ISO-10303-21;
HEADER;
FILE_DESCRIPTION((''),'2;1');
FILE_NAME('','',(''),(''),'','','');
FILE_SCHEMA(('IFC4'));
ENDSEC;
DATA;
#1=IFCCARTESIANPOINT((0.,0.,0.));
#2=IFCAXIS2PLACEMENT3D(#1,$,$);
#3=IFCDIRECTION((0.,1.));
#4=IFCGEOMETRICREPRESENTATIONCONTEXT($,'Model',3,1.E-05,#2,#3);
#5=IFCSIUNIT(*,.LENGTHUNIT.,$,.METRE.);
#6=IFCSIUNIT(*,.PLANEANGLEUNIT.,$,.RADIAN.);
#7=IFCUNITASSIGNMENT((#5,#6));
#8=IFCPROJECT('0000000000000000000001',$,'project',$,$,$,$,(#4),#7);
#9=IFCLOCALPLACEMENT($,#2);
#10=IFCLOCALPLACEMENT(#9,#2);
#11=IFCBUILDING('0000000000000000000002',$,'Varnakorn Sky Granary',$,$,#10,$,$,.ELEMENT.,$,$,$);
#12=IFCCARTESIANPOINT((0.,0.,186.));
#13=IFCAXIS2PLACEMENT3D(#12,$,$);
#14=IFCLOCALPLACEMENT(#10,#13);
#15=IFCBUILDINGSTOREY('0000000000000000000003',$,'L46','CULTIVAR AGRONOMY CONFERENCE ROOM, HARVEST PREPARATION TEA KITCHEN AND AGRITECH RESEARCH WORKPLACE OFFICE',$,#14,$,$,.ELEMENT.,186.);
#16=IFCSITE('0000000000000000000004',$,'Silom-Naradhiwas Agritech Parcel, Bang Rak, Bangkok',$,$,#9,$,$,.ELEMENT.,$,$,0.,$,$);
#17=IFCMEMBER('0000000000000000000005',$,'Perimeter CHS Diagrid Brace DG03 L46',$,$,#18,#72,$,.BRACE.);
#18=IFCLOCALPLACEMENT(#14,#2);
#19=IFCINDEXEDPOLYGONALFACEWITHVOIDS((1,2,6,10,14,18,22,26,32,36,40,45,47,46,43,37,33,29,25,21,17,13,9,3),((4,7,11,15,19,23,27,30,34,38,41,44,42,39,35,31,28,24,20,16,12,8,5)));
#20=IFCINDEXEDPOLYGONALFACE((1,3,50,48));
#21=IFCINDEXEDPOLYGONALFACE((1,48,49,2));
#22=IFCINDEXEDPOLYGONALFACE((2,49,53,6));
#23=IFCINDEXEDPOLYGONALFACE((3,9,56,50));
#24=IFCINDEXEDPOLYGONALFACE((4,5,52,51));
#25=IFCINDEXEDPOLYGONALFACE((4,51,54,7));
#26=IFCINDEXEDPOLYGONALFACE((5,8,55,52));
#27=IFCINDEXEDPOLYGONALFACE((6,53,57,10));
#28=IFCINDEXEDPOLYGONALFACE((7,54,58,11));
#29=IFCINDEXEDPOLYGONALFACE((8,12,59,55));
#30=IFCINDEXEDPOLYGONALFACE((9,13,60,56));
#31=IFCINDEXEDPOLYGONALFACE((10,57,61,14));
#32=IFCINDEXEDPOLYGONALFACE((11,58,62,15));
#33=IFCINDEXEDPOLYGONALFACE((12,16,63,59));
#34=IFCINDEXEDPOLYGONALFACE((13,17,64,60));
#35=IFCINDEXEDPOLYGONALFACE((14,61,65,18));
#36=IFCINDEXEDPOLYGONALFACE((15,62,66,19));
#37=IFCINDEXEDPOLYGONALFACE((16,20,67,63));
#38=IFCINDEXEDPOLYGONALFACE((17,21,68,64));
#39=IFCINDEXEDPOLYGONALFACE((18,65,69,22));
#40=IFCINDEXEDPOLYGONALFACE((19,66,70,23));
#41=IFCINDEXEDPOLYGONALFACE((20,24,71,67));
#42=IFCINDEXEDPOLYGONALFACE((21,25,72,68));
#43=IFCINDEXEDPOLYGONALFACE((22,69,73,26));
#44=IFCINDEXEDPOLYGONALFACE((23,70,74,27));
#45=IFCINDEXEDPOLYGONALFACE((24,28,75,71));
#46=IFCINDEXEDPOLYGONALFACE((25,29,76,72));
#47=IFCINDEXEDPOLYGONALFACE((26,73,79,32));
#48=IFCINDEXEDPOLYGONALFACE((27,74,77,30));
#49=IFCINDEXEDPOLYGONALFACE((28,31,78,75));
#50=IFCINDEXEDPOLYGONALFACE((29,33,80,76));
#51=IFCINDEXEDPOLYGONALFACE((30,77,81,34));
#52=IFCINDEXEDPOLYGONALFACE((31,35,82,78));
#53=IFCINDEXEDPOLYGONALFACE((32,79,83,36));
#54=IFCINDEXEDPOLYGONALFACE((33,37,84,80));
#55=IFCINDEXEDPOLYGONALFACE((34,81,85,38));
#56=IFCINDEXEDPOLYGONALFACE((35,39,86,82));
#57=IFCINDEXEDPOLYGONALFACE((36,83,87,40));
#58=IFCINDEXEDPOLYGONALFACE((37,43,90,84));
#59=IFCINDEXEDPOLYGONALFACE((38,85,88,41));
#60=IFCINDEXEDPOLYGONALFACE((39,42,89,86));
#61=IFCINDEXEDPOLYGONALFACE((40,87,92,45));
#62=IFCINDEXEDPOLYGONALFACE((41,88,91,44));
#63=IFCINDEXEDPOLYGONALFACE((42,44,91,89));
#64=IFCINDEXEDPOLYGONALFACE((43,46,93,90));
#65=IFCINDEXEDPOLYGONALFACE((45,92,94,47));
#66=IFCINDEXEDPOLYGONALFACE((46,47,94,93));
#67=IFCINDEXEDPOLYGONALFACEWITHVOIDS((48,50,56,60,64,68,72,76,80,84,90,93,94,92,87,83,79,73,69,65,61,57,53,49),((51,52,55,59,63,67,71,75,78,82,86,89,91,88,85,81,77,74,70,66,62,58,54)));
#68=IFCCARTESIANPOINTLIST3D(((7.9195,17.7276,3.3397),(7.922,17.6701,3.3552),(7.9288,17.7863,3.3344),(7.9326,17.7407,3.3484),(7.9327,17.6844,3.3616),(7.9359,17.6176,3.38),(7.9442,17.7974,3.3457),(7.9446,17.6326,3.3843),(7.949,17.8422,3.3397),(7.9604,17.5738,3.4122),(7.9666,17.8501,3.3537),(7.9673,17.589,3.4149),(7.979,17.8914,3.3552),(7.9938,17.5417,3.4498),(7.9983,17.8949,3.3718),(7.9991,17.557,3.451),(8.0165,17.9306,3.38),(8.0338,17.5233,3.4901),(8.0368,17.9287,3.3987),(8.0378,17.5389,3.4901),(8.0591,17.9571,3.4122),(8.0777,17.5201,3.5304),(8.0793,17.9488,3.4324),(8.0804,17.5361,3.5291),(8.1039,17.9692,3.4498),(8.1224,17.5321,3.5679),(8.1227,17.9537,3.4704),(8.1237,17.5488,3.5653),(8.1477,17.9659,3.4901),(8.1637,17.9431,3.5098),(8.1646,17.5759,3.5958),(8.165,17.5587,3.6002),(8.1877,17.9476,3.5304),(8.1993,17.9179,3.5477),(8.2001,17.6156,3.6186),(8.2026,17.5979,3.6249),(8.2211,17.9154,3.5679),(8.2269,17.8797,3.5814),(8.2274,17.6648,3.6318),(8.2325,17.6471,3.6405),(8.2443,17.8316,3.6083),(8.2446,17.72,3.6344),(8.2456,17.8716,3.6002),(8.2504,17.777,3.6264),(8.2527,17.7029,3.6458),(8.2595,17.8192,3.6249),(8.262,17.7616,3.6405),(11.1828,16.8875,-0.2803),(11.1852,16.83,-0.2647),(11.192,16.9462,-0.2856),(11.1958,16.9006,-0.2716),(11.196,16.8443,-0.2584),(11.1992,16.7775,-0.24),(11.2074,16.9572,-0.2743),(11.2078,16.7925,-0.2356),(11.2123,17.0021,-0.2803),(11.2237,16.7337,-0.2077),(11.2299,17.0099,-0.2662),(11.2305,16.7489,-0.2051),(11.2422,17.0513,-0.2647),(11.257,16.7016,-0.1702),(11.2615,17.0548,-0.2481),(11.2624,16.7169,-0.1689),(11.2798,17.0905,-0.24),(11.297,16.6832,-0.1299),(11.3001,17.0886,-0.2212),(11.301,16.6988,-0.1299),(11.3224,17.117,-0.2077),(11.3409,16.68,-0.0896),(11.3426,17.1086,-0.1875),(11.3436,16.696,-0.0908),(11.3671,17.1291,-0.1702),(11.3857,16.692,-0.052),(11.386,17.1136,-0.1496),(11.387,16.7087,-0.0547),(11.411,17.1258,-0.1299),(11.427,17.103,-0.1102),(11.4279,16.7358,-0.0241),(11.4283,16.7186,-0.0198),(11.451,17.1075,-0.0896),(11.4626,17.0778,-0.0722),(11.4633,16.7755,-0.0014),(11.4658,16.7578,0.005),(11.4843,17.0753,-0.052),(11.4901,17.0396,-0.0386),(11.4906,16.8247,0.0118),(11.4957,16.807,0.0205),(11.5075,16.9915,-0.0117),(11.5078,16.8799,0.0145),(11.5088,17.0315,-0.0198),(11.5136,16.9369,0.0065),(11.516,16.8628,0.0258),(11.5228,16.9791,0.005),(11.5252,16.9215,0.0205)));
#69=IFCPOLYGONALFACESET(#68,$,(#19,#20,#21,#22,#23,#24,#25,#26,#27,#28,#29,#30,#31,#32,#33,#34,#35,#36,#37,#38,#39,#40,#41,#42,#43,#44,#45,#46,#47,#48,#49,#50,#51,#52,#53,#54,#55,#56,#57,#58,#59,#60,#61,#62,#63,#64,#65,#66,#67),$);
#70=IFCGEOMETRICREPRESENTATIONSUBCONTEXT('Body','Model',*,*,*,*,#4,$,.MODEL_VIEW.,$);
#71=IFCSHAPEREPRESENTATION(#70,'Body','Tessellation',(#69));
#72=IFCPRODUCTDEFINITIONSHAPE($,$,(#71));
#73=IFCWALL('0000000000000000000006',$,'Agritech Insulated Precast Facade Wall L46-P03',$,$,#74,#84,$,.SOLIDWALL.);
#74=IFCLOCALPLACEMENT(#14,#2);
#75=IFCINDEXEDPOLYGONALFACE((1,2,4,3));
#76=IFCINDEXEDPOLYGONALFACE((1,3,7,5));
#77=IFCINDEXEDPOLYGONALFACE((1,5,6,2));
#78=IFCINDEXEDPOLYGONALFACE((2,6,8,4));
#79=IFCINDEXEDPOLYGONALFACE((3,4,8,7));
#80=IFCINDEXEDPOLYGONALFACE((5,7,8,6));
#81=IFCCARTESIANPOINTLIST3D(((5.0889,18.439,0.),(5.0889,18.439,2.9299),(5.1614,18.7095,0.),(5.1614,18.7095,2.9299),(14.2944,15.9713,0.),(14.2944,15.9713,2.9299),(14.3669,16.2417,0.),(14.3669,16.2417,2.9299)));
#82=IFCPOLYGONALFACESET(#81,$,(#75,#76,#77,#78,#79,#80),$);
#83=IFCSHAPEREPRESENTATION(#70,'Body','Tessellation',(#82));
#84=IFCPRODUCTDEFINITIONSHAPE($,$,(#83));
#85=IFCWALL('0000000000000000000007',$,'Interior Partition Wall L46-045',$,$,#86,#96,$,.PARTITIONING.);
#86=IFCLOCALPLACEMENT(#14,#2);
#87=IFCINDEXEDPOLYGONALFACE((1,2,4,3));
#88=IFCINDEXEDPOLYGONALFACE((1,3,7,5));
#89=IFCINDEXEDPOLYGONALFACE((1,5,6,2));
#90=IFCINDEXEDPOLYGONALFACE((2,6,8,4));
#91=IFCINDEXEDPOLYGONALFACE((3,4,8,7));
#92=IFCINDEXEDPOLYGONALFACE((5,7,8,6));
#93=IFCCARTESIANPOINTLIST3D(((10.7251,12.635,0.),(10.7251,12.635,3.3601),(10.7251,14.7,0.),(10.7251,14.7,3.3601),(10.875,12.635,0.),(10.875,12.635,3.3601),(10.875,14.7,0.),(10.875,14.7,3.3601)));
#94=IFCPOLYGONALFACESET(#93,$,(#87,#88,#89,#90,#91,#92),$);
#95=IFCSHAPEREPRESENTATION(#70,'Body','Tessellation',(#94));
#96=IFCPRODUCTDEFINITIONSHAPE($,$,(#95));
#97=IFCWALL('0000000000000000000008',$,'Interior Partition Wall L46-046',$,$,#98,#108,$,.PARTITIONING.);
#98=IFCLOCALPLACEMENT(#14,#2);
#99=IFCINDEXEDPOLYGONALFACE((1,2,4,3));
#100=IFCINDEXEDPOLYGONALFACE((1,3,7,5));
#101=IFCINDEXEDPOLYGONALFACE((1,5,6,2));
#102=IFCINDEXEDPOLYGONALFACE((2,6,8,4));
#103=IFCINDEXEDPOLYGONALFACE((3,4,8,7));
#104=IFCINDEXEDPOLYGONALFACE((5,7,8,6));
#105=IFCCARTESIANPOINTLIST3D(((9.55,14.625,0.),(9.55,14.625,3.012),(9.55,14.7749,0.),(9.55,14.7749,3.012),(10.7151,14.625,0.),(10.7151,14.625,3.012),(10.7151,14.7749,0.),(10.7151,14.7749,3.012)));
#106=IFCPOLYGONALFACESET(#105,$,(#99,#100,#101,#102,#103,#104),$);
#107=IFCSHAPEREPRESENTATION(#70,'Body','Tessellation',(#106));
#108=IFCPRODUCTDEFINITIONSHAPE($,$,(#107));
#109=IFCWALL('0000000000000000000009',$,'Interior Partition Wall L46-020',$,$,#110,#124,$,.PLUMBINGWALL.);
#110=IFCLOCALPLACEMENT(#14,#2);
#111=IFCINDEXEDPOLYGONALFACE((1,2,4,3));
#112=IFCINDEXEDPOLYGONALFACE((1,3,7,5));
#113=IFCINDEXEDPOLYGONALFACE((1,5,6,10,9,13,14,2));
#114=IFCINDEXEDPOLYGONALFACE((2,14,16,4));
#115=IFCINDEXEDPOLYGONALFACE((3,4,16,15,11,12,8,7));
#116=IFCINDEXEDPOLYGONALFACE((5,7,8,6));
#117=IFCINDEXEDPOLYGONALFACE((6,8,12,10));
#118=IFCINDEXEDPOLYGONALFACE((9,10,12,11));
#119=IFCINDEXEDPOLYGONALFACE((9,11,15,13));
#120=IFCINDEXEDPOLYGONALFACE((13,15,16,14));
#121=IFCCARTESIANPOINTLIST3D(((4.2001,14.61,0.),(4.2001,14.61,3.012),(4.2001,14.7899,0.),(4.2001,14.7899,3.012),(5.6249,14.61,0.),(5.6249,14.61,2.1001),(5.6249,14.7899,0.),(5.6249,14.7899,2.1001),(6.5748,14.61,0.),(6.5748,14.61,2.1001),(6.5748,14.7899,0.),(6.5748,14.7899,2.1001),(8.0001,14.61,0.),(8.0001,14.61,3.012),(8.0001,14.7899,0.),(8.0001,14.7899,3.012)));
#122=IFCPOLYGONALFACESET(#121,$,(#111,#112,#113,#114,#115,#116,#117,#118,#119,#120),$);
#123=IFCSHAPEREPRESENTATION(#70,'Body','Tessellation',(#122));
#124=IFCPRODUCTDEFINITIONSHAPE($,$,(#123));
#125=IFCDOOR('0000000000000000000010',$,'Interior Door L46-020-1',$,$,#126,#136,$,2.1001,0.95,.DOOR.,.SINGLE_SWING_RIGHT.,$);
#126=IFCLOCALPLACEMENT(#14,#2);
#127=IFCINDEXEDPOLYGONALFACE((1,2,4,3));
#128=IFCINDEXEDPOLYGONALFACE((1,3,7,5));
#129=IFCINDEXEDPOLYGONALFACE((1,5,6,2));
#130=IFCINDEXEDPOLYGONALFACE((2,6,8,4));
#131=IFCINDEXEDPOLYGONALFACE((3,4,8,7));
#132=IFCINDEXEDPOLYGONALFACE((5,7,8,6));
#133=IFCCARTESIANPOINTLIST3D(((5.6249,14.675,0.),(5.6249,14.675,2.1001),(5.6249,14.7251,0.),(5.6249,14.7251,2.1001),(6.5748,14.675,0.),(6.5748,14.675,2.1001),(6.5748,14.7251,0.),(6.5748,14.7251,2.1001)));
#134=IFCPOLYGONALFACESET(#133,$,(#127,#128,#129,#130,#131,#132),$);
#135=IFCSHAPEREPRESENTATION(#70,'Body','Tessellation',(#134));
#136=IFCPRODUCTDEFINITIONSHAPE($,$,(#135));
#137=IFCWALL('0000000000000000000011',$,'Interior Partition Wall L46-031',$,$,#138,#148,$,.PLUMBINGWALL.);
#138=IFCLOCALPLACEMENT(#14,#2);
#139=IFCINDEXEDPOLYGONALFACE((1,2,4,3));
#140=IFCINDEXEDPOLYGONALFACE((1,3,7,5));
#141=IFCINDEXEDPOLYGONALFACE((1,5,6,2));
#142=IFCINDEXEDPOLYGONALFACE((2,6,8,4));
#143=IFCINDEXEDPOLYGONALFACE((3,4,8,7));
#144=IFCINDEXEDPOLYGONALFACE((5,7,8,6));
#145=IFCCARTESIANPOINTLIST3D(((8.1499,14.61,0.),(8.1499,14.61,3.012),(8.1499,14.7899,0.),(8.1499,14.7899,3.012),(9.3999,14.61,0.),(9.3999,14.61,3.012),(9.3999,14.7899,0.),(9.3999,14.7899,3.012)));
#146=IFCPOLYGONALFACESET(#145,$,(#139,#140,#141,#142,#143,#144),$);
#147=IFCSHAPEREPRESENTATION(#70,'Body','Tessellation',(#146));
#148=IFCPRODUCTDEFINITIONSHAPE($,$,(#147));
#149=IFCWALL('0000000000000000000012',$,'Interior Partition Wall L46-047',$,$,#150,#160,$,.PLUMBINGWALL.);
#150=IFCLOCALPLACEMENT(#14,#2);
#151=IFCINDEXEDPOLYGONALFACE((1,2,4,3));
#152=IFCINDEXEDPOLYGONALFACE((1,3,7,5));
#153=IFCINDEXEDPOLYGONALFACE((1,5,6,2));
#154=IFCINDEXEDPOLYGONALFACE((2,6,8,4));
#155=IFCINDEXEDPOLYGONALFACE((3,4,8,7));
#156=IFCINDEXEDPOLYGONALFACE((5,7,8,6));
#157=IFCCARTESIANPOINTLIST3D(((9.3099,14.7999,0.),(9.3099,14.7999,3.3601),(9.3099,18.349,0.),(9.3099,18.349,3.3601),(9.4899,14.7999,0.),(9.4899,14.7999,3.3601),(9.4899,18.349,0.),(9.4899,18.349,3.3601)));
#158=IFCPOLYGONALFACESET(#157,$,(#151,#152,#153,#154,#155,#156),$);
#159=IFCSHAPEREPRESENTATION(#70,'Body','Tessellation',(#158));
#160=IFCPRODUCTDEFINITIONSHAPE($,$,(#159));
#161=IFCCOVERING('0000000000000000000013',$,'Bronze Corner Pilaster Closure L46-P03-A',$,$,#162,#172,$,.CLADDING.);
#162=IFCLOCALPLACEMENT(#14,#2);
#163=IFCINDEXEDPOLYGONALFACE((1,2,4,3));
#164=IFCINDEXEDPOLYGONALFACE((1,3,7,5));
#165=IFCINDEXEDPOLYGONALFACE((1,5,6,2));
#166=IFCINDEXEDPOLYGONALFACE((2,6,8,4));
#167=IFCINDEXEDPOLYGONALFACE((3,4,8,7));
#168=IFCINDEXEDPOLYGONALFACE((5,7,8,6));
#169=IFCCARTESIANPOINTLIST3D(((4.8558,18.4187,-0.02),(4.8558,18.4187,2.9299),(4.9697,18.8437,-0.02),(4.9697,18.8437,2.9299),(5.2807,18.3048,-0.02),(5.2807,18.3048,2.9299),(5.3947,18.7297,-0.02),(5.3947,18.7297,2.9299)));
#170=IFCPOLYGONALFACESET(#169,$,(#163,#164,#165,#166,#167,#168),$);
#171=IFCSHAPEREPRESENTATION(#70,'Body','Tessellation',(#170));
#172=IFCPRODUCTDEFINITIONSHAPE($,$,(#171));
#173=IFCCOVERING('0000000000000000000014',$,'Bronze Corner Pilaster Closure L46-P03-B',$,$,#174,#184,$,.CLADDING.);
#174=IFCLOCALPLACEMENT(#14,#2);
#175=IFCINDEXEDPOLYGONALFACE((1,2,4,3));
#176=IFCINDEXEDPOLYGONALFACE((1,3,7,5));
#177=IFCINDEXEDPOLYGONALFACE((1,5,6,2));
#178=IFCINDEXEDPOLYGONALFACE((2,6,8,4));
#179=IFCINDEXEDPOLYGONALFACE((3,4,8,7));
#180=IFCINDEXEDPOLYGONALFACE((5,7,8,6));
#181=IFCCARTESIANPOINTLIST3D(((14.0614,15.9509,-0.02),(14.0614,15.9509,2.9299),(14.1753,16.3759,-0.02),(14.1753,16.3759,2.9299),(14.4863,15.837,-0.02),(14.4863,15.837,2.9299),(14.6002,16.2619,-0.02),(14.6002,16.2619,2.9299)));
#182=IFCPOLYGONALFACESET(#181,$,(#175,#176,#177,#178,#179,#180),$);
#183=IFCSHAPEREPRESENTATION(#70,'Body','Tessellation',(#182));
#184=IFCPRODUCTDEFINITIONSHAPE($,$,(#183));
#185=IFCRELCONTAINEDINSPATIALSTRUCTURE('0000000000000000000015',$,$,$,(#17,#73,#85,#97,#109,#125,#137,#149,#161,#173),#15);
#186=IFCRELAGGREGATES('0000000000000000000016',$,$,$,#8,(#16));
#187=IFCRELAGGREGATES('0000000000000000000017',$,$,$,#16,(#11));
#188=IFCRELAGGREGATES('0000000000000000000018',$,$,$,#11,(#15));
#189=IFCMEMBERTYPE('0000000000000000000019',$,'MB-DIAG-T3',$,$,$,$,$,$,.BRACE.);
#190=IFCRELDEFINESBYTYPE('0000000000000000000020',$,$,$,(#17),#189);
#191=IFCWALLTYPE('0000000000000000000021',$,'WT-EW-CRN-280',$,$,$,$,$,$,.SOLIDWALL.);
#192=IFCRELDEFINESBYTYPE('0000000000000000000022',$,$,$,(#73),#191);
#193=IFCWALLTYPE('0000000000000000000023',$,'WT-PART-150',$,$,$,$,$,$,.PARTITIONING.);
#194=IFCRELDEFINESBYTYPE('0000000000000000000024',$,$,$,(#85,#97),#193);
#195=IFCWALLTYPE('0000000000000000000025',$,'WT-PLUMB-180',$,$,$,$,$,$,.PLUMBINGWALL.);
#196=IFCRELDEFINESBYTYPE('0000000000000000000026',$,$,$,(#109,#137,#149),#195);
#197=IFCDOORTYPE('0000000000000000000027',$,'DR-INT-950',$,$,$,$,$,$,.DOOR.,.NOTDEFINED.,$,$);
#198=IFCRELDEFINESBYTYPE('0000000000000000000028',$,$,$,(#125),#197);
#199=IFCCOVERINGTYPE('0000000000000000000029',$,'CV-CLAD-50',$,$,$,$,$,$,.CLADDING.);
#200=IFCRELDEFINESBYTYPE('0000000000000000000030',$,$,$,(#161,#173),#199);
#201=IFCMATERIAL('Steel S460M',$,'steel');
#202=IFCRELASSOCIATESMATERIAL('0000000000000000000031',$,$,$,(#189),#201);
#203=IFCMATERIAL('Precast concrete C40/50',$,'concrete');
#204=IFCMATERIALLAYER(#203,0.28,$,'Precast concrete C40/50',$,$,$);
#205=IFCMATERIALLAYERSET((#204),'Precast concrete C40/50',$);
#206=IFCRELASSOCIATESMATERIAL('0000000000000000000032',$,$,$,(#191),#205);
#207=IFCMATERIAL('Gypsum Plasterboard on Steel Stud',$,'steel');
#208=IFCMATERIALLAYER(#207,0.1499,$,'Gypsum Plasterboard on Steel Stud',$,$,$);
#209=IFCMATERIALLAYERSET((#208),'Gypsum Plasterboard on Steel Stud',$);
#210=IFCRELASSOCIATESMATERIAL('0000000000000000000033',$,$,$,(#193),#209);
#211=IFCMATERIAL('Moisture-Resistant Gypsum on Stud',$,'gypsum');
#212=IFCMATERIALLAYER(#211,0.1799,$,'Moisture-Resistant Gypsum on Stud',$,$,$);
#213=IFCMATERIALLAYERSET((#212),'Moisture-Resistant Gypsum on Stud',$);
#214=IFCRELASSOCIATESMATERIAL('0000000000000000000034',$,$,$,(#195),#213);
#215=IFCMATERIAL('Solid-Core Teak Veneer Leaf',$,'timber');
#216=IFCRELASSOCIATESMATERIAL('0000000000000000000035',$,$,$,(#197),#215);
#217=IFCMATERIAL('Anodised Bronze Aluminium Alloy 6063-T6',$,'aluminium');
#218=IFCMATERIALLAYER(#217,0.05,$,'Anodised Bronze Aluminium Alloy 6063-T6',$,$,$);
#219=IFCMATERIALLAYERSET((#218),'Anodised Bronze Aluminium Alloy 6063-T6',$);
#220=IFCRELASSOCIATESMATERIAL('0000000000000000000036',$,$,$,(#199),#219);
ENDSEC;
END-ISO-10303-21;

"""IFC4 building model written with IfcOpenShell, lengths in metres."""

from ifc_helpers import new_model, si_unit, direction, frame, frame_2d, origin, origin_2d, place, context, subcontext, project, spatial, rectangle, hollow_circle, extrude, source, transform, mapped, material, layer, layer_set, material_profile, profile_set, type_object, type_shapes, element, fill, save


model = new_model("IFC4")

# Units and contexts
model_context = context("Model", 3, precision=1e-05, world=origin(), true_north=direction((0.0, 1.0)))
body_context = subcontext(model_context, "Body", "Model", "MODEL_VIEW")
ifc_project = project(units=[si_unit("LENGTHUNIT", "METRE"), si_unit("PLANEANGLEUNIT", "RADIAN")], contexts=[model_context])

# Site, building, storey
site_placement = place(None, origin())
site = spatial("IfcSite", under=ifc_project, at=site_placement, Name="Silom-Naradhiwas Agritech Parcel, Bang Rak, Bangkok", CompositionType="ELEMENT", RefElevation=0.0)
building_placement = place(site_placement, origin())
building = spatial("IfcBuilding", under=site, at=building_placement, Name="Varnakorn Sky Granary", CompositionType="ELEMENT")
storey_placement = place(building_placement, frame((0.0, 0.0, 186.0)))
storey = spatial("IfcBuildingStorey", under=building, at=storey_placement, Name="L46", Description="CULTIVAR AGRONOMY CONFERENCE ROOM, HARVEST PREPARATION TEA KITCHEN AND AGRITECH RESEARCH WORKPLACE OFFICE", CompositionType="ELEMENT", Elevation=186.0)

# Shared definitions
ifc_material_1 = material(Name="Steel S460M", Category="steel")

# Member
ifc_material_profile_1 = material_profile(ifc_material_1, hollow_circle(Radius=0.2285, WallThickness=0.0161, at=origin_2d()), Name="CHS 457x16")
ifc_profile_set_1 = profile_set([ifc_material_profile_1], Name="Steel S460M")
member_type = type_object("IfcMemberType", Name="MB-DIAG-T3", PredefinedType="BRACE", material=ifc_profile_set_1)
member_placement = place(storey_placement, frame((11.354, 16.9045, -0.1299), z_axis=(-0.659834, 0.16987, 0.731959), x_axis=(-0.249315, -0.968422, 0.0)))
element("IfcMember", 1, at=member_placement, inside=storey, type_object=member_type, Name="Perimeter CHS Diagrid Brace DG03 L46", PredefinedType="BRACE", context=body_context, shape_type="SweptSolid", body=[
    extrude(hollow_circle(Radius=0.2285, WallThickness=0.0161, at=origin_2d()), origin(), (0.0, 0.0, 1.0), 4.9456),
])

# Walls
ifc_material_2 = material(Name="Precast concrete C40/50", Category="concrete")
ifc_layer_1 = layer(ifc_material_2, 0.28, Name="Precast concrete C40/50")
ifc_layer_set_1 = layer_set([ifc_layer_1], Name="Precast concrete C40/50")
wall_type_1 = type_object("IfcWallType", Name="WT-EW-CRN-280", PredefinedType="SOLIDWALL", material=ifc_layer_set_1)
wall_1_placement = place(storey_placement, frame((5.1252, 18.5742, 0.0), z_axis=(0.0, 0.0, 1.0), x_axis=(0.965896, -0.258932, 0.0)))
element("IfcWall", 2, at=wall_1_placement, inside=storey, type_object=wall_type_1, Name="Agritech Insulated Precast Facade Wall L46-P03", PredefinedType="SOLIDWALL", context=body_context, shape_type="SweptSolid", body=[
    extrude(rectangle(XDim=9.5305, YDim=0.28, at=frame_2d((4.7651, 0.0))), origin(), (0.0, 0.0, 1.0), 2.9299),
])
ifc_material_3 = material(Name="Gypsum Plasterboard on Steel Stud", Category="steel")
ifc_layer_2 = layer(ifc_material_3, 0.1499, Name="Gypsum Plasterboard on Steel Stud")
ifc_layer_set_2 = layer_set([ifc_layer_2], Name="Gypsum Plasterboard on Steel Stud")
wall_type_2 = type_object("IfcWallType", Name="WT-PART-150", PredefinedType="PARTITIONING", material=ifc_layer_set_2)
wall_2_placement = place(storey_placement, frame((10.8, 12.635, 0.0), z_axis=(0.0, 0.0, 1.0), x_axis=(0.0, 1.0, 0.0)))
element("IfcWall", 3, at=wall_2_placement, inside=storey, type_object=wall_type_2, Name="Interior Partition Wall L46-045", PredefinedType="PARTITIONING", context=body_context, shape_type="SweptSolid", body=[
    extrude(rectangle(XDim=2.0649, YDim=0.1499, at=frame_2d((1.0325, 0.0))), origin(), (0.0, 0.0, 1.0), 3.3601),
])
wall_3_placement = place(storey_placement, frame((10.7151, 14.7, 0.0), z_axis=(0.0, 0.0, 1.0), x_axis=(-1.0, 0.0, 0.0)))
element("IfcWall", 4, at=wall_3_placement, inside=storey, type_object=wall_type_2, Name="Interior Partition Wall L46-046", PredefinedType="PARTITIONING", context=body_context, shape_type="SweptSolid", body=[
    extrude(rectangle(XDim=1.165, YDim=0.1499, at=frame_2d((0.5825, 0.0))), origin(), (0.0, 0.0, 1.0), 3.012),
])

# Wall, opening, door
ifc_material_4 = material(Name="Moisture-Resistant Gypsum on Stud", Category="gypsum")
ifc_layer_3 = layer(ifc_material_4, 0.1799, Name="Moisture-Resistant Gypsum on Stud")
ifc_layer_set_3 = layer_set([ifc_layer_3], Name="Moisture-Resistant Gypsum on Stud")
wall_type_3 = type_object("IfcWallType", Name="WT-PLUMB-180", PredefinedType="PLUMBINGWALL", material=ifc_layer_set_3)
wall_4_placement = place(storey_placement, frame((8.0, 14.7, 0.0), z_axis=(0.0, 0.0, 1.0), x_axis=(-1.0, 0.0, 0.0)))
wall_4 = element("IfcWall", 5, at=wall_4_placement, inside=storey, type_object=wall_type_3, Name="Interior Partition Wall L46-020", PredefinedType="PLUMBINGWALL", context=body_context, shape_type="SweptSolid", body=[
    extrude(rectangle(XDim=3.8, YDim=0.1799, at=frame_2d((1.8999, 0.0))), origin(), (0.0, 0.0, 1.0), 3.012),
])
opening_placement = place(wall_4_placement, frame((1.425, 0.0, 0.0)))
opening = element("IfcOpeningElement", 6, at=opening_placement, cuts=wall_4, PredefinedType="OPENING", context=body_context, shape_type="SweptSolid", body=[
    extrude(rectangle(XDim=0.95, YDim=2.1001, at=frame_2d((0.4751, 1.05))), frame((0.0, 0.1001, 0.0), z_axis=(0.0, -1.0, 0.0), x_axis=(1.0, 0.0, 0.0)), (0.0, 0.0, 1.0), 0.2),
])
ifc_material_5 = material(Name="Solid-Core Teak Veneer Leaf", Category="timber")
door_type = type_object("IfcDoorType", Name="DR-INT-950", OperationType="NOTDEFINED", PredefinedType="DOOR", material=ifc_material_5)
door_placement = place(opening_placement, origin())
door = element("IfcDoor", 7, at=door_placement, inside=storey, type_object=door_type, Name="Interior Door L46-020-1", OperationType="SINGLE_SWING_RIGHT", OverallHeight=2.1001, OverallWidth=0.95, PredefinedType="DOOR", context=body_context, shape_type="SweptSolid", body=[
    extrude(rectangle(XDim=0.95, YDim=2.1001, at=frame_2d((0.4751, 1.05))), frame((0.0, 0.0249, 0.0), z_axis=(0.0, -1.0, 0.0), x_axis=(1.0, 0.0, 0.0)), (0.0, 0.0, 1.0), 0.05),
])
fill(opening, door)

# Walls
wall_5_placement = place(storey_placement, frame((9.3999, 14.7, 0.0), z_axis=(0.0, 0.0, 1.0), x_axis=(-1.0, 0.0, 0.0)))
element("IfcWall", 8, at=wall_5_placement, inside=storey, type_object=wall_type_3, Name="Interior Partition Wall L46-031", PredefinedType="PLUMBINGWALL", context=body_context, shape_type="SweptSolid", body=[
    extrude(rectangle(XDim=1.25, YDim=0.1799, at=frame_2d((0.625, 0.0))), origin(), (0.0, 0.0, 1.0), 3.012),
])
wall_6_placement = place(storey_placement, frame((9.3999, 14.8, 0.0), z_axis=(0.0, 0.0, 1.0), x_axis=(0.0, 1.0, 0.0)))
element("IfcWall", 9, at=wall_6_placement, inside=storey, type_object=wall_type_3, Name="Interior Partition Wall L46-047", PredefinedType="PLUMBINGWALL", context=body_context, shape_type="SweptSolid", body=[
    extrude(rectangle(XDim=3.5491, YDim=0.1799, at=frame_2d((1.7744, 0.0))), origin(), (0.0, 0.0, 1.0), 3.3601),
])

# Coverings
ifc_material_6 = material(Name="Anodised Bronze Aluminium Alloy 6063-T6", Category="aluminium")
ifc_layer_4 = layer(ifc_material_6, 0.05, Name="Anodised Bronze Aluminium Alloy 6063-T6")
ifc_layer_set_4 = layer_set([ifc_layer_4], Name="Anodised Bronze Aluminium Alloy 6063-T6")
covering_type = type_object("IfcCoveringType", Name="CV-CLAD-50", PredefinedType="CLADDING", material=ifc_layer_set_4)
shared_shape = source(origin(), body_context, "Body", "SweptSolid", [
    extrude(rectangle(XDim=0.4399, YDim=0.4399, at=origin_2d()), origin(), (0.0, 0.0, 1.0), 2.95),
])
type_shapes(covering_type, [shared_shape])
for number, where, z_axis, x_axis, name in (
    (10, (5.1252, 18.5742, -0.02), (0.0, 0.0, 1.0), (0.965881, -0.258988, 0.0), "Bronze Corner Pilaster Closure L46-P03-A"),
    (11, (14.3308, 16.1064, -0.02), (0.0, 0.0, 1.0), (0.965881, -0.258988, 0.0), "Bronze Corner Pilaster Closure L46-P03-B"),
):
    element("IfcCovering", number, at=place(storey_placement, frame(where, z_axis=z_axis, x_axis=x_axis)), inside=storey, type_object=covering_type, Name=name, PredefinedType="CLADDING", context=body_context, shape_type="MappedRepresentation", body=[
        mapped(shared_shape, transform((0.0, 0.0, 0.0), x_axis=(1.0, 0.0, 0.0), y_axis=(0.0, 1.0, 0.0), z_axis=(0.0, 0.0, 1.0), scale=1.0)),
    ])

save(model, "model.ifc")
